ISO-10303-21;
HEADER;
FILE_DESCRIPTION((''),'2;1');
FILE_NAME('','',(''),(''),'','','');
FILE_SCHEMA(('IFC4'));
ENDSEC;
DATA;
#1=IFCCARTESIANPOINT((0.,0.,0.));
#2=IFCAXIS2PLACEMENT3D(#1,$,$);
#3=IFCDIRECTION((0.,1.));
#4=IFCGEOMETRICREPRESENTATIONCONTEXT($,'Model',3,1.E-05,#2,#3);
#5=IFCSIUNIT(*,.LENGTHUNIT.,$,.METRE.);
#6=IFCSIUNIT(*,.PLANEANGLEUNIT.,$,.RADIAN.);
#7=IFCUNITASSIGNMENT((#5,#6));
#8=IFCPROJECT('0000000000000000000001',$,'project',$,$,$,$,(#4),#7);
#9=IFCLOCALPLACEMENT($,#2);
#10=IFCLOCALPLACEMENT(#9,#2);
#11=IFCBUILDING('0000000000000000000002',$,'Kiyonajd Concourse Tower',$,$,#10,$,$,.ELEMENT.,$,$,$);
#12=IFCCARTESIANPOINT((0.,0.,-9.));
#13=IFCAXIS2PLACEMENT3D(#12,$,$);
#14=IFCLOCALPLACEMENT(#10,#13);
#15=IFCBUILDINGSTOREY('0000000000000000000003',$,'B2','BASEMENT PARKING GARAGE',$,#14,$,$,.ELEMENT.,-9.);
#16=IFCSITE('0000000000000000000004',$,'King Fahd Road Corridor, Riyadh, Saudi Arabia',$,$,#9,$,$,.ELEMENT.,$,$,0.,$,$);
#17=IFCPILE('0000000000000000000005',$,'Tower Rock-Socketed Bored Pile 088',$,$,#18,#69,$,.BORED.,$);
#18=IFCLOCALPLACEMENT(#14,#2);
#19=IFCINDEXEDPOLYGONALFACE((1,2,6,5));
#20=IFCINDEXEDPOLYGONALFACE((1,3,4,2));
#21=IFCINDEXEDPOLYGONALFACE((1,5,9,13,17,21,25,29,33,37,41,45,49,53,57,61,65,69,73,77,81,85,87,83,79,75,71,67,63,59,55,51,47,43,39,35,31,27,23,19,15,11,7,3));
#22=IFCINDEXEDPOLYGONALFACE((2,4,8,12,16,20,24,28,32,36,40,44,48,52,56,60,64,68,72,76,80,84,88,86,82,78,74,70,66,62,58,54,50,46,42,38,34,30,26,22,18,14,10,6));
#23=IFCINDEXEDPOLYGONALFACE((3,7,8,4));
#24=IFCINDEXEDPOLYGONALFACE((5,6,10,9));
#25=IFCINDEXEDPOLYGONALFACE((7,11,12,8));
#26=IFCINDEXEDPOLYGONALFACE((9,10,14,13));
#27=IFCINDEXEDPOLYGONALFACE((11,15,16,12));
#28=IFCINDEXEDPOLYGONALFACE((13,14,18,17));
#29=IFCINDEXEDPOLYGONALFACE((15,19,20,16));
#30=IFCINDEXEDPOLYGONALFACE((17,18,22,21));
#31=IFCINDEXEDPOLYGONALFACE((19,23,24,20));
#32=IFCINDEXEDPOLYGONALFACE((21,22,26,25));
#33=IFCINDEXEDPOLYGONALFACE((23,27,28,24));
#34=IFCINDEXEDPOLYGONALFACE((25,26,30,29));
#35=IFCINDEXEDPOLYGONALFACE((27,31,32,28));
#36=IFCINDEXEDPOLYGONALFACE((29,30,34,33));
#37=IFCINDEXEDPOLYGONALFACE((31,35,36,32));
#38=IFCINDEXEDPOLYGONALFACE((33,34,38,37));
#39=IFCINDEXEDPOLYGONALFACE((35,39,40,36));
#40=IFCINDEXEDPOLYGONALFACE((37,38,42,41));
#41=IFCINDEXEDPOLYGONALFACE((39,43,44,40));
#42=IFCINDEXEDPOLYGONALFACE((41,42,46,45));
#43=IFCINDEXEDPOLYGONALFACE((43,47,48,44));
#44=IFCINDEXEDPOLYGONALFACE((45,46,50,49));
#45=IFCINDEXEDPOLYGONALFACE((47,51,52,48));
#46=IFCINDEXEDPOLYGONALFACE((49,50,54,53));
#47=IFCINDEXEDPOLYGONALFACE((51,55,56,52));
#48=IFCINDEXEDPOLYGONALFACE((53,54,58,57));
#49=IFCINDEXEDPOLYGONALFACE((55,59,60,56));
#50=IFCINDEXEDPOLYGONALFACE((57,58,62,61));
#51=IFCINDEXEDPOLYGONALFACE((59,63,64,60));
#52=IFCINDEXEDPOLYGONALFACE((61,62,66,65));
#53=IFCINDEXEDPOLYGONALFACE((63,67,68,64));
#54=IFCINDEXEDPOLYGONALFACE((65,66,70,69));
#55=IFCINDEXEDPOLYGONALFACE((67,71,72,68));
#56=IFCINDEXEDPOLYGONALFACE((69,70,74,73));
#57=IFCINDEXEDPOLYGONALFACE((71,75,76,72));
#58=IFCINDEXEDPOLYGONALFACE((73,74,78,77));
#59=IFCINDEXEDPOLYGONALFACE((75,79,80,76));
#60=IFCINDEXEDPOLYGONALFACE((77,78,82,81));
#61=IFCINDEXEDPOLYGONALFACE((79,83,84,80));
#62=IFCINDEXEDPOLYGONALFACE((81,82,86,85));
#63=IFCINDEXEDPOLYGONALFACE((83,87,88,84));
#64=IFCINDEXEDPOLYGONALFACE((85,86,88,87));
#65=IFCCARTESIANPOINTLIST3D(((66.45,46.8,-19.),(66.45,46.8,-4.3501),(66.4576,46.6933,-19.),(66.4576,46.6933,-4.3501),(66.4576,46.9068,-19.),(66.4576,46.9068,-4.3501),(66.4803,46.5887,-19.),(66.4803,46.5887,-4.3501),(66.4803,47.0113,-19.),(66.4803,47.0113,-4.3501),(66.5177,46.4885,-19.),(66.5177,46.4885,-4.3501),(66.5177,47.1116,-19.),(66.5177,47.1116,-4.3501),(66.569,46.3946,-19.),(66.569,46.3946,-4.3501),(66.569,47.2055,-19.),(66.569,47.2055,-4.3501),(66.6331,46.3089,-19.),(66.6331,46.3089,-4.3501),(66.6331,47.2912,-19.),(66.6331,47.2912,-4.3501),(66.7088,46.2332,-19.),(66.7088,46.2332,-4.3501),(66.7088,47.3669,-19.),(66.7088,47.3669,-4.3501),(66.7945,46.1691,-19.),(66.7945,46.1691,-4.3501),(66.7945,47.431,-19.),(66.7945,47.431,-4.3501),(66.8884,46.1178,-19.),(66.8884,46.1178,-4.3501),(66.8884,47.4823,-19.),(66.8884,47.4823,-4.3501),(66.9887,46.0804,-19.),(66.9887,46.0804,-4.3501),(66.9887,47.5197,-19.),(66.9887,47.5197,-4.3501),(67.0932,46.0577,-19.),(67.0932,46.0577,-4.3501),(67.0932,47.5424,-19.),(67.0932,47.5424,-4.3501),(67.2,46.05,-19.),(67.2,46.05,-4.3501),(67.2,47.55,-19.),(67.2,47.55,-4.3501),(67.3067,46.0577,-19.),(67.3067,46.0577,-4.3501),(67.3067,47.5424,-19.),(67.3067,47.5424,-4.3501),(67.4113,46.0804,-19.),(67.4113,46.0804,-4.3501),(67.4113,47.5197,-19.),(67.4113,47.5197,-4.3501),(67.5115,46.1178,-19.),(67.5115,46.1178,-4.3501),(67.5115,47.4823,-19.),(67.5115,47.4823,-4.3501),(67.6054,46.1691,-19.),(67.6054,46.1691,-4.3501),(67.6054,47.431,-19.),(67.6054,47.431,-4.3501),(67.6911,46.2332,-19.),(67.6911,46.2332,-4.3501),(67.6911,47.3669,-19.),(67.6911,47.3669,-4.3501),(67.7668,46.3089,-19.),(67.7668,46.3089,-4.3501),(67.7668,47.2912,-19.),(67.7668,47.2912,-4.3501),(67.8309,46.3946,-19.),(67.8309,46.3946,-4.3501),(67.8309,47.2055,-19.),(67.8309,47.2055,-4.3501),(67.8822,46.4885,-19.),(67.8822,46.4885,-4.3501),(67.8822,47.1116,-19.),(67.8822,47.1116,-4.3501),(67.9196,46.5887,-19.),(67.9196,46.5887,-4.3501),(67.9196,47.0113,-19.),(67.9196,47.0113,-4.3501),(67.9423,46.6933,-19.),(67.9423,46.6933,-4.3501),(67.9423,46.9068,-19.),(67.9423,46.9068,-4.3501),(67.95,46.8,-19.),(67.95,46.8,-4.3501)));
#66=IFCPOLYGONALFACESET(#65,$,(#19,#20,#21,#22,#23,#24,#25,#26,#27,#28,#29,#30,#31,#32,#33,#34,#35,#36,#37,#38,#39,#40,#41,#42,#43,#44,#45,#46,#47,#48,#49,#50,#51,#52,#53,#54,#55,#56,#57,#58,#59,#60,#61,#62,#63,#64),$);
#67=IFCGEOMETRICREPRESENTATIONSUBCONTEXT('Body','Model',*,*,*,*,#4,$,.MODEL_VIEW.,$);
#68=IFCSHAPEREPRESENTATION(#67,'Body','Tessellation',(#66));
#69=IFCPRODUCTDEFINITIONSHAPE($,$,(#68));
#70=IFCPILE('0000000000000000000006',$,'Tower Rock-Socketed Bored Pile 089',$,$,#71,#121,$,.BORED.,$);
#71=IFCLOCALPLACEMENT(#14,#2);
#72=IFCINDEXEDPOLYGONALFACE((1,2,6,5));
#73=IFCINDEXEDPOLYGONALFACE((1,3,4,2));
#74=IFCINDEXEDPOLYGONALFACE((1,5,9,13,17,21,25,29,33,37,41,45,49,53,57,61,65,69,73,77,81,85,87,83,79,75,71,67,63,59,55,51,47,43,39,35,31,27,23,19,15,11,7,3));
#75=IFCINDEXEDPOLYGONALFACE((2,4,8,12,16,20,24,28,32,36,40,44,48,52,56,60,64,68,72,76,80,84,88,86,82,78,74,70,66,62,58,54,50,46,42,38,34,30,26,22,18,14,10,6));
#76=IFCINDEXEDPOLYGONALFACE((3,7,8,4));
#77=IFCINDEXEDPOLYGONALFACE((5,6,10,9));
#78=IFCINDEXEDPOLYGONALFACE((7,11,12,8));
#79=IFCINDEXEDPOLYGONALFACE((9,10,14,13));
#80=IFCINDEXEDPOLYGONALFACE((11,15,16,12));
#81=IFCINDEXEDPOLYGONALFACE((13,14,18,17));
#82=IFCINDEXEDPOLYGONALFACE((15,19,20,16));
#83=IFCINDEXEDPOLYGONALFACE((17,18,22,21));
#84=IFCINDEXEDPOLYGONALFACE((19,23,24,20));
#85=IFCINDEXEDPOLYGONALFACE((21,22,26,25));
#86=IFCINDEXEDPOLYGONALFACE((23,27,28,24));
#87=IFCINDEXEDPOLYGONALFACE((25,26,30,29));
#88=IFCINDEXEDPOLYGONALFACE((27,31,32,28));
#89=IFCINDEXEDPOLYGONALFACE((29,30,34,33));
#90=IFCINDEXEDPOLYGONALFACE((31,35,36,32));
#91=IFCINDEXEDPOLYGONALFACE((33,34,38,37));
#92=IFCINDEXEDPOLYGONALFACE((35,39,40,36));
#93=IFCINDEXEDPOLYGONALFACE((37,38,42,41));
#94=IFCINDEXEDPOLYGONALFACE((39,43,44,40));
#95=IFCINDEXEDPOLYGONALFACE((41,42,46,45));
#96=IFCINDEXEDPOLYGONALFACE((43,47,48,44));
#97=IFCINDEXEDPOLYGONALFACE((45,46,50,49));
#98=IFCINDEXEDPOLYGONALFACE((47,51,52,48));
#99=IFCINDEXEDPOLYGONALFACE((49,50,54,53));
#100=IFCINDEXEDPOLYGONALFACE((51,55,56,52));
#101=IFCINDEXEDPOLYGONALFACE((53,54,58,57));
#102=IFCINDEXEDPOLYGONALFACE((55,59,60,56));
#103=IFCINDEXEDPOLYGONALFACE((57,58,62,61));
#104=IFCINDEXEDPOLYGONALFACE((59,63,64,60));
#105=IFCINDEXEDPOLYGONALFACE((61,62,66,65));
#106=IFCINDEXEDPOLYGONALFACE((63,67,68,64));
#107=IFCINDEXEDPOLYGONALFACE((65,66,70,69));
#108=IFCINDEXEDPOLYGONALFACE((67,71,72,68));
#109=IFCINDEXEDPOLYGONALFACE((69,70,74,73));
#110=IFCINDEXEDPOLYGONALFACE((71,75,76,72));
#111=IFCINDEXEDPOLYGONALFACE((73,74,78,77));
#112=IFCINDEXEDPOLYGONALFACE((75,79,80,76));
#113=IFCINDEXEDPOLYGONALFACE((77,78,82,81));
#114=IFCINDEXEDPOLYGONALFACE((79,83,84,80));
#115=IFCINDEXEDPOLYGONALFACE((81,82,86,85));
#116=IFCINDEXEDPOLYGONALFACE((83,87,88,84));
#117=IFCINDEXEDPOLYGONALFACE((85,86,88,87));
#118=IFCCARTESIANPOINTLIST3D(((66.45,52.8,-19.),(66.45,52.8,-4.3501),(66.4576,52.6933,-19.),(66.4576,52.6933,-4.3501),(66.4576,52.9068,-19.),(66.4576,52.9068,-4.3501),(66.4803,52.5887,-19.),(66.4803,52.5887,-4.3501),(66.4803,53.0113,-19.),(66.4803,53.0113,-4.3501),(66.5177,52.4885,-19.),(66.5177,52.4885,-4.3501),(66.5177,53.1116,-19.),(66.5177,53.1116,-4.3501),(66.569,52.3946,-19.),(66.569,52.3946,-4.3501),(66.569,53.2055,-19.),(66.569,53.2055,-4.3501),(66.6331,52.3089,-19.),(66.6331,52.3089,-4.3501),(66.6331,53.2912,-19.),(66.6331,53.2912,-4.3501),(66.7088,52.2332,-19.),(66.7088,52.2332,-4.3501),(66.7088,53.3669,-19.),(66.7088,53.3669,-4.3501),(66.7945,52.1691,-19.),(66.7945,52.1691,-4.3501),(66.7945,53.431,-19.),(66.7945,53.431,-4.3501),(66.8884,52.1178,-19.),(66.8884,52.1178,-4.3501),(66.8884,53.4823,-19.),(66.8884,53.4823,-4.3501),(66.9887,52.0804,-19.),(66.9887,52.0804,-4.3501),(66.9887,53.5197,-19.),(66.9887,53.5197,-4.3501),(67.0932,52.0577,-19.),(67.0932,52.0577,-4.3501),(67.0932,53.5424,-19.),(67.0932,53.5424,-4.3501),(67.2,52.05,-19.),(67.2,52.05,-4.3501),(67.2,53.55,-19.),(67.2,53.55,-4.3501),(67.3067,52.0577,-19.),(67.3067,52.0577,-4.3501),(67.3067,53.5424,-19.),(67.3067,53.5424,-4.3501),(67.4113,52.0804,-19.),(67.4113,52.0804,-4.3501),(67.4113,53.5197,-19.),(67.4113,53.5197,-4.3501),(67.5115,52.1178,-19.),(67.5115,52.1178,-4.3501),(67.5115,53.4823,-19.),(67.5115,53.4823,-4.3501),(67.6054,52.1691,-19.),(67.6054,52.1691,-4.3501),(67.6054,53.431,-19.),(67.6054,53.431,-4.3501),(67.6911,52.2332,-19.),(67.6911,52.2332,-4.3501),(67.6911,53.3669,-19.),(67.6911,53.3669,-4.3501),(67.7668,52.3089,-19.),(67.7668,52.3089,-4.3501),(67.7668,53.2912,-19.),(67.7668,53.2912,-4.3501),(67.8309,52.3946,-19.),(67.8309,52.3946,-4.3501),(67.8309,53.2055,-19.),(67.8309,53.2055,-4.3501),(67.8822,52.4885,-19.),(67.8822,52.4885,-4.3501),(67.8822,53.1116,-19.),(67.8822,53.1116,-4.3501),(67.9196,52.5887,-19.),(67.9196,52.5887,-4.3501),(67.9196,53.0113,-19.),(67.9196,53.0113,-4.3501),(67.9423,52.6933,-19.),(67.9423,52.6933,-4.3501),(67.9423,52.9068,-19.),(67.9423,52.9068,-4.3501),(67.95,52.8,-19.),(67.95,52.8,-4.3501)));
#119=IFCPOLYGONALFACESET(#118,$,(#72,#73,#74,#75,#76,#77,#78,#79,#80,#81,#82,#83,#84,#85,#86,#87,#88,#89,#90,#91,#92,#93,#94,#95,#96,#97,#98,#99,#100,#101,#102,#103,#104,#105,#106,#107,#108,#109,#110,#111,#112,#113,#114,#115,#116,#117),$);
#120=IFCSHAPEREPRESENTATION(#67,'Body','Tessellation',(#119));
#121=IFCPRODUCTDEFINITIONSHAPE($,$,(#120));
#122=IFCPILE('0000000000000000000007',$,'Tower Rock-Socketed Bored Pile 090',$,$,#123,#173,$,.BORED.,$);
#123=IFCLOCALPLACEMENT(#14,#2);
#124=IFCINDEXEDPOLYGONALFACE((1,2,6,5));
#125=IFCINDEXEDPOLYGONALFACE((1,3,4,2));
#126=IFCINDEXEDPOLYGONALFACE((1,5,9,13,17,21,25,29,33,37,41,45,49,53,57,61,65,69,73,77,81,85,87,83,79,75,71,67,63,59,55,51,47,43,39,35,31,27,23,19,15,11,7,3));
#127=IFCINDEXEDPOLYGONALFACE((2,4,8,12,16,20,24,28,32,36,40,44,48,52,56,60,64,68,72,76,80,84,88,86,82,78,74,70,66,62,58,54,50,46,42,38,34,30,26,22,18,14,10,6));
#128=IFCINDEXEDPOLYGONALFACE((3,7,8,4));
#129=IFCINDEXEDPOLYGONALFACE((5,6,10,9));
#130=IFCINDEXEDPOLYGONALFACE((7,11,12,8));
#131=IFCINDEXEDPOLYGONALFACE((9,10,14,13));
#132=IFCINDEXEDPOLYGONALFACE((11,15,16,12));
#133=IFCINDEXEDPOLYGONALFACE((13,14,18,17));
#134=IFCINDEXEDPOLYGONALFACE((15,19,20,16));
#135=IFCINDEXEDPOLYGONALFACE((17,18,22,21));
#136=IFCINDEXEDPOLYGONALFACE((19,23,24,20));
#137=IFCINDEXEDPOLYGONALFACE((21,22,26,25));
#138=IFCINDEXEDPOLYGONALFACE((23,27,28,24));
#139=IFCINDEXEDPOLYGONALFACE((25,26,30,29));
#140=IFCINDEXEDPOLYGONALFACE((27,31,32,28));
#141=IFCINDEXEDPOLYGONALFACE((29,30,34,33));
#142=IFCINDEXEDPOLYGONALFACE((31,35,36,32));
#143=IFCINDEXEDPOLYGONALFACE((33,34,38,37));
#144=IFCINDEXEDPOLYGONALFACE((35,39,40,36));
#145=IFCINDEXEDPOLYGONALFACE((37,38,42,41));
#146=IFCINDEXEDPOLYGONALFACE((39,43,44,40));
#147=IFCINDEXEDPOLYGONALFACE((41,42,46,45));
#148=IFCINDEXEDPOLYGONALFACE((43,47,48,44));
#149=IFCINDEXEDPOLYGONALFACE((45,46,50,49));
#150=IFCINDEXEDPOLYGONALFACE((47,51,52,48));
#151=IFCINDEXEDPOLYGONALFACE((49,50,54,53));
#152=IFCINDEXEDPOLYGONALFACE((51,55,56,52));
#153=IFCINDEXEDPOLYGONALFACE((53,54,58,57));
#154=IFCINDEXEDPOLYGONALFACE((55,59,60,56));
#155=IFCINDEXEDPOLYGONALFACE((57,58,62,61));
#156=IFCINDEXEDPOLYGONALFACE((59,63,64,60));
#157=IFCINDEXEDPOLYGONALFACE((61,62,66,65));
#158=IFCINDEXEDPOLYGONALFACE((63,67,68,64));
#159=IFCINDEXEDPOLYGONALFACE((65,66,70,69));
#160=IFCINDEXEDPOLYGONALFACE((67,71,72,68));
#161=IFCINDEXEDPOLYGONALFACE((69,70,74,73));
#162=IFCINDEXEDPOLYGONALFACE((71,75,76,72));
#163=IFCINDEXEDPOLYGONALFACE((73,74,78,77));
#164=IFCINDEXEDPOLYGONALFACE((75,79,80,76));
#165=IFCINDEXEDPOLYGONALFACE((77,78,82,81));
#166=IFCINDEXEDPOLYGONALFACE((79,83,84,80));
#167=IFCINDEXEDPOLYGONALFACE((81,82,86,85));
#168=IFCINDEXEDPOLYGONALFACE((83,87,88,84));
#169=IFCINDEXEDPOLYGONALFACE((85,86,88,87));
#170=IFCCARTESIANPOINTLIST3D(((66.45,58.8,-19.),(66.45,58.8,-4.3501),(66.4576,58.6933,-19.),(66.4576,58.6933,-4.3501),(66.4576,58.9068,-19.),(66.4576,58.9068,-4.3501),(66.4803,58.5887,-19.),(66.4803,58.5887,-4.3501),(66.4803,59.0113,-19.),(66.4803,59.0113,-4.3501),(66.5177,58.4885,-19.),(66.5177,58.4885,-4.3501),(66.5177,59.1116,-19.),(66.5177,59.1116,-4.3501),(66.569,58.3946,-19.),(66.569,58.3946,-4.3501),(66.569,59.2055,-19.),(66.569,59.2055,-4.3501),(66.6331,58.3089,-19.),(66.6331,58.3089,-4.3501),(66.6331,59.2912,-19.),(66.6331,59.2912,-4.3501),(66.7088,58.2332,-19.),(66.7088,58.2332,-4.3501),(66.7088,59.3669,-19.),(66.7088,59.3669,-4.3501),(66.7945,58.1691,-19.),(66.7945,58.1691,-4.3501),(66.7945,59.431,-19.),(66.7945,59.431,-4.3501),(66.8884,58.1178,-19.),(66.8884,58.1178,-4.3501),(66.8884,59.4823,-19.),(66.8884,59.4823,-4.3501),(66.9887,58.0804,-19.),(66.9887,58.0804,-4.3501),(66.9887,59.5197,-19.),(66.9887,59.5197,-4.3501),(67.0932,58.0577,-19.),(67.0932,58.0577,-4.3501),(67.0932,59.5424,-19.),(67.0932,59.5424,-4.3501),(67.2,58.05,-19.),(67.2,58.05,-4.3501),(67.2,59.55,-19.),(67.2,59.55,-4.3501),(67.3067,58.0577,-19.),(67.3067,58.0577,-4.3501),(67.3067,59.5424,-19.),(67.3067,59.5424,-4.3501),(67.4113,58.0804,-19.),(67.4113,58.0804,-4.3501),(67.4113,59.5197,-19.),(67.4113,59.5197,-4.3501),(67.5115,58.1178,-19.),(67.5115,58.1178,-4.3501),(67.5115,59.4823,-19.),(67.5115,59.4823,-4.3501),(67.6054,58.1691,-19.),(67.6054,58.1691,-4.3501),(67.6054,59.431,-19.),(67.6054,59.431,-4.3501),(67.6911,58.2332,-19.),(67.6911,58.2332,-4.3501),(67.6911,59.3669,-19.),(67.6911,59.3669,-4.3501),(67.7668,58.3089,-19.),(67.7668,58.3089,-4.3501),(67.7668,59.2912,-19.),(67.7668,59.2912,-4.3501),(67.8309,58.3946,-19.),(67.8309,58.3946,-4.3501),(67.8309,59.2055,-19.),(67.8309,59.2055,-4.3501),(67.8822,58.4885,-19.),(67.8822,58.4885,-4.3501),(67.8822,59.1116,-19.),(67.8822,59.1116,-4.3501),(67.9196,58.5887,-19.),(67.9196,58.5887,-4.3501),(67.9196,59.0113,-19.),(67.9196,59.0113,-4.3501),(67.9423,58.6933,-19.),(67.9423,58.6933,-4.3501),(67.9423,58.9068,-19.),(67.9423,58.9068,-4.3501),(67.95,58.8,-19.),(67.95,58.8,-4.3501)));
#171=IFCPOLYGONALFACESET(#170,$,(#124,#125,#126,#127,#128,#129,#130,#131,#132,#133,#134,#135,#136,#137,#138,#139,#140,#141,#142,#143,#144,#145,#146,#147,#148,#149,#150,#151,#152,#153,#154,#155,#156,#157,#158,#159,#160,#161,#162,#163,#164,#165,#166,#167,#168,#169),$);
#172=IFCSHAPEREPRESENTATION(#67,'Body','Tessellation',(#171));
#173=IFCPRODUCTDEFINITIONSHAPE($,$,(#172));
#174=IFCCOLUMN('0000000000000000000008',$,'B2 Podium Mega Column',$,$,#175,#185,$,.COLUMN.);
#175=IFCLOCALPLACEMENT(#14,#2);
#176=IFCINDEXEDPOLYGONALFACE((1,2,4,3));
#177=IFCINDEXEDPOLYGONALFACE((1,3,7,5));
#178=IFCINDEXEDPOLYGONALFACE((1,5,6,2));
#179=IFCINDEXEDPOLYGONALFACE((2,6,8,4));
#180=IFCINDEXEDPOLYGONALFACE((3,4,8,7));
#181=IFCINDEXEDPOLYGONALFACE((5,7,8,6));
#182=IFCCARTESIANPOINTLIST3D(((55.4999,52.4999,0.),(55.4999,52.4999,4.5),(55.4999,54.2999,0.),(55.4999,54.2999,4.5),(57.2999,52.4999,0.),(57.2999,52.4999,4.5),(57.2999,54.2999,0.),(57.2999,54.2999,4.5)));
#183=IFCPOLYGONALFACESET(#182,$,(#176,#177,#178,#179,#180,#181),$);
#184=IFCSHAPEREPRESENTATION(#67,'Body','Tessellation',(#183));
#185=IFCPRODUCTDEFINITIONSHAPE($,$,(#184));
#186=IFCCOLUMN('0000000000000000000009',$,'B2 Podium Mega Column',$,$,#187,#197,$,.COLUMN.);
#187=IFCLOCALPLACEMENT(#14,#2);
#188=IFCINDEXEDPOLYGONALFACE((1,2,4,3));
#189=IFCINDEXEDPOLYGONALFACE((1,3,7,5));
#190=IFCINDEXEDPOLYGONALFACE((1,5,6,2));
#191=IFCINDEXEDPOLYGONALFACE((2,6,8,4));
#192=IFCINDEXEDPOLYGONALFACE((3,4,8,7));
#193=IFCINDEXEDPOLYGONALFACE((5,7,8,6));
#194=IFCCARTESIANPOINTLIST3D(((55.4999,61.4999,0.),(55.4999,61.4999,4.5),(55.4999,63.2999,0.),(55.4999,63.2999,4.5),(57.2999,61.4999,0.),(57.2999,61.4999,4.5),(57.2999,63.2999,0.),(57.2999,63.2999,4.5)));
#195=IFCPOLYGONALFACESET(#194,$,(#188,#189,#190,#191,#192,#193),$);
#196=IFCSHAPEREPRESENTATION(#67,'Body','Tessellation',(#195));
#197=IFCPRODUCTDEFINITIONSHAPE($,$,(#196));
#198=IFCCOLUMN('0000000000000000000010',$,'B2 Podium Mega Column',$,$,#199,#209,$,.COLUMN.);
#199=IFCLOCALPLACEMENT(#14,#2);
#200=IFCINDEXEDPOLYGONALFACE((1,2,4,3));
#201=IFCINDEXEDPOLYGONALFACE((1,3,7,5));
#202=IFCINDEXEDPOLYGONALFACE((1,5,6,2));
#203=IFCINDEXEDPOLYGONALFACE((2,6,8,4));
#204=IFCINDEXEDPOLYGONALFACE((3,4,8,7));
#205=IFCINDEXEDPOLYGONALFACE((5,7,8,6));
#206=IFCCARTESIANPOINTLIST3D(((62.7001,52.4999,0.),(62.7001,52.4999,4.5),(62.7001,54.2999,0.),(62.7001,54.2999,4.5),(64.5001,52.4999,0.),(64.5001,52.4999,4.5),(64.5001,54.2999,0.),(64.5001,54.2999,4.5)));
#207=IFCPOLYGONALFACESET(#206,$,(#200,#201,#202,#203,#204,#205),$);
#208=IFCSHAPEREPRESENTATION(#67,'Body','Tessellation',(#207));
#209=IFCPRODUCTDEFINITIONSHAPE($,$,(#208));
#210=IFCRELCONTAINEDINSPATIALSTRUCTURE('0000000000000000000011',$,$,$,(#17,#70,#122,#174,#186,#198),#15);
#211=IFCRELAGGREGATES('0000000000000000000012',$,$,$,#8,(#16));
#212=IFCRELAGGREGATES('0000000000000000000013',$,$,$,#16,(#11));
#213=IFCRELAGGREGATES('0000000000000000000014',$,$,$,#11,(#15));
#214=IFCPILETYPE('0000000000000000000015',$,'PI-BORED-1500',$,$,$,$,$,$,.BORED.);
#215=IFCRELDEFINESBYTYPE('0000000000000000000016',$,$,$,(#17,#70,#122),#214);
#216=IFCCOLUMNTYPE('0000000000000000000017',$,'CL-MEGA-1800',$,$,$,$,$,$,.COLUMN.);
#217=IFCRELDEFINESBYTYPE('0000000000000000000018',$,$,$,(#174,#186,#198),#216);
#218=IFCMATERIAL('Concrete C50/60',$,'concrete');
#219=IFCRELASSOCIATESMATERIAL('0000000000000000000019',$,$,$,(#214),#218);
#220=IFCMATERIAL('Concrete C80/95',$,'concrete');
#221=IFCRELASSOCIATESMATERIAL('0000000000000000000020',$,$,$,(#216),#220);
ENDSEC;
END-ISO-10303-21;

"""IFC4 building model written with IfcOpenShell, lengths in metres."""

from ifc_helpers import new_model, si_unit, direction, frame, origin, origin_2d, place, context, subcontext, project, spatial, rectangle, circle, extrude, material, material_profile, profile_set, type_object, element, save


model = new_model("IFC4")

# Units and contexts
model_context = context("Model", 3, precision=1e-05, world=origin(), true_north=direction((0.0, 1.0)))
body_context = subcontext(model_context, "Body", "Model", "MODEL_VIEW")
ifc_project = project(units=[si_unit("LENGTHUNIT", "METRE"), si_unit("PLANEANGLEUNIT", "RADIAN")], contexts=[model_context])

# Site, building, storey
site_placement = place(None, origin())
site = spatial("IfcSite", under=ifc_project, at=site_placement, Name="King Fahd Road Corridor, Riyadh, Saudi Arabia", CompositionType="ELEMENT", RefElevation=0.0)
building_placement = place(site_placement, origin())
building = spatial("IfcBuilding", under=site, at=building_placement, Name="Kiyonajd Concourse Tower", CompositionType="ELEMENT")
storey_placement = place(building_placement, frame((0.0, 0.0, -9.0)))
storey = spatial("IfcBuildingStorey", under=building, at=storey_placement, Name="B2", Description="BASEMENT PARKING GARAGE", CompositionType="ELEMENT", Elevation=-9.0)

# Piles
ifc_material_1 = material(Name="Concrete C50/60", Category="concrete")
ifc_material_profile_1 = material_profile(ifc_material_1, circle(Radius=0.75, at=origin_2d()), Name="PILE-D1500")
ifc_profile_set_1 = profile_set([ifc_material_profile_1], Name="Concrete C50/60")
pile_type = type_object("IfcPileType", Name="PI-BORED-1500", PredefinedType="BORED", material=ifc_profile_set_1)
for number, where, z_axis, x_axis, name in (
    (1, (67.2, 46.8, -4.3501), (0.0, 0.0, -1.0), (1.0, 0.0, 0.0), "Tower Rock-Socketed Bored Pile 088"),
    (2, (67.2, 52.8, -4.3501), (0.0, 0.0, -1.0), (1.0, 0.0, 0.0), "Tower Rock-Socketed Bored Pile 089"),
    (3, (67.2, 58.8, -4.3501), (0.0, 0.0, -1.0), (1.0, 0.0, 0.0), "Tower Rock-Socketed Bored Pile 090"),
):
    element("IfcPile", number, at=place(storey_placement, frame(where, z_axis=z_axis, x_axis=x_axis)), inside=storey, type_object=pile_type, Name=name, PredefinedType="BORED", context=body_context, shape_type="SweptSolid", body=[
        extrude(circle(Radius=0.75, at=origin_2d()), origin(), (0.0, 0.0, 1.0), 14.6499),
    ])

# Columns
ifc_material_2 = material(Name="Concrete C80/95", Category="concrete")
ifc_material_profile_2 = material_profile(ifc_material_2, rectangle(XDim=1.8, YDim=1.8, at=origin_2d()), Name="RC-1800x1800")
ifc_profile_set_2 = profile_set([ifc_material_profile_2], Name="Concrete C80/95")
column_type = type_object("IfcColumnType", Name="CL-MEGA-1800", PredefinedType="COLUMN", material=ifc_profile_set_2)
for number, where, z_axis, x_axis, name in (
    (4, (56.3999, 53.3999, 0.0), (0.0, 0.0, 1.0), (1.0, 0.0, 0.0), "B2 Podium Mega Column"),
    (5, (56.3999, 62.3999, 0.0), (0.0, 0.0, 1.0), (1.0, 0.0, 0.0), "B2 Podium Mega Column"),
    (6, (63.6001, 53.3999, 0.0), (0.0, 0.0, 1.0), (1.0, 0.0, 0.0), "B2 Podium Mega Column"),
):
    element("IfcColumn", number, at=place(storey_placement, frame(where, z_axis=z_axis, x_axis=x_axis)), inside=storey, type_object=column_type, Name=name, PredefinedType="COLUMN", context=body_context, shape_type="SweptSolid", body=[
        extrude(rectangle(XDim=1.8, YDim=1.8, at=origin_2d()), origin(), (0.0, 0.0, 1.0), 4.5),
    ])

save(model, "model.ifc")
